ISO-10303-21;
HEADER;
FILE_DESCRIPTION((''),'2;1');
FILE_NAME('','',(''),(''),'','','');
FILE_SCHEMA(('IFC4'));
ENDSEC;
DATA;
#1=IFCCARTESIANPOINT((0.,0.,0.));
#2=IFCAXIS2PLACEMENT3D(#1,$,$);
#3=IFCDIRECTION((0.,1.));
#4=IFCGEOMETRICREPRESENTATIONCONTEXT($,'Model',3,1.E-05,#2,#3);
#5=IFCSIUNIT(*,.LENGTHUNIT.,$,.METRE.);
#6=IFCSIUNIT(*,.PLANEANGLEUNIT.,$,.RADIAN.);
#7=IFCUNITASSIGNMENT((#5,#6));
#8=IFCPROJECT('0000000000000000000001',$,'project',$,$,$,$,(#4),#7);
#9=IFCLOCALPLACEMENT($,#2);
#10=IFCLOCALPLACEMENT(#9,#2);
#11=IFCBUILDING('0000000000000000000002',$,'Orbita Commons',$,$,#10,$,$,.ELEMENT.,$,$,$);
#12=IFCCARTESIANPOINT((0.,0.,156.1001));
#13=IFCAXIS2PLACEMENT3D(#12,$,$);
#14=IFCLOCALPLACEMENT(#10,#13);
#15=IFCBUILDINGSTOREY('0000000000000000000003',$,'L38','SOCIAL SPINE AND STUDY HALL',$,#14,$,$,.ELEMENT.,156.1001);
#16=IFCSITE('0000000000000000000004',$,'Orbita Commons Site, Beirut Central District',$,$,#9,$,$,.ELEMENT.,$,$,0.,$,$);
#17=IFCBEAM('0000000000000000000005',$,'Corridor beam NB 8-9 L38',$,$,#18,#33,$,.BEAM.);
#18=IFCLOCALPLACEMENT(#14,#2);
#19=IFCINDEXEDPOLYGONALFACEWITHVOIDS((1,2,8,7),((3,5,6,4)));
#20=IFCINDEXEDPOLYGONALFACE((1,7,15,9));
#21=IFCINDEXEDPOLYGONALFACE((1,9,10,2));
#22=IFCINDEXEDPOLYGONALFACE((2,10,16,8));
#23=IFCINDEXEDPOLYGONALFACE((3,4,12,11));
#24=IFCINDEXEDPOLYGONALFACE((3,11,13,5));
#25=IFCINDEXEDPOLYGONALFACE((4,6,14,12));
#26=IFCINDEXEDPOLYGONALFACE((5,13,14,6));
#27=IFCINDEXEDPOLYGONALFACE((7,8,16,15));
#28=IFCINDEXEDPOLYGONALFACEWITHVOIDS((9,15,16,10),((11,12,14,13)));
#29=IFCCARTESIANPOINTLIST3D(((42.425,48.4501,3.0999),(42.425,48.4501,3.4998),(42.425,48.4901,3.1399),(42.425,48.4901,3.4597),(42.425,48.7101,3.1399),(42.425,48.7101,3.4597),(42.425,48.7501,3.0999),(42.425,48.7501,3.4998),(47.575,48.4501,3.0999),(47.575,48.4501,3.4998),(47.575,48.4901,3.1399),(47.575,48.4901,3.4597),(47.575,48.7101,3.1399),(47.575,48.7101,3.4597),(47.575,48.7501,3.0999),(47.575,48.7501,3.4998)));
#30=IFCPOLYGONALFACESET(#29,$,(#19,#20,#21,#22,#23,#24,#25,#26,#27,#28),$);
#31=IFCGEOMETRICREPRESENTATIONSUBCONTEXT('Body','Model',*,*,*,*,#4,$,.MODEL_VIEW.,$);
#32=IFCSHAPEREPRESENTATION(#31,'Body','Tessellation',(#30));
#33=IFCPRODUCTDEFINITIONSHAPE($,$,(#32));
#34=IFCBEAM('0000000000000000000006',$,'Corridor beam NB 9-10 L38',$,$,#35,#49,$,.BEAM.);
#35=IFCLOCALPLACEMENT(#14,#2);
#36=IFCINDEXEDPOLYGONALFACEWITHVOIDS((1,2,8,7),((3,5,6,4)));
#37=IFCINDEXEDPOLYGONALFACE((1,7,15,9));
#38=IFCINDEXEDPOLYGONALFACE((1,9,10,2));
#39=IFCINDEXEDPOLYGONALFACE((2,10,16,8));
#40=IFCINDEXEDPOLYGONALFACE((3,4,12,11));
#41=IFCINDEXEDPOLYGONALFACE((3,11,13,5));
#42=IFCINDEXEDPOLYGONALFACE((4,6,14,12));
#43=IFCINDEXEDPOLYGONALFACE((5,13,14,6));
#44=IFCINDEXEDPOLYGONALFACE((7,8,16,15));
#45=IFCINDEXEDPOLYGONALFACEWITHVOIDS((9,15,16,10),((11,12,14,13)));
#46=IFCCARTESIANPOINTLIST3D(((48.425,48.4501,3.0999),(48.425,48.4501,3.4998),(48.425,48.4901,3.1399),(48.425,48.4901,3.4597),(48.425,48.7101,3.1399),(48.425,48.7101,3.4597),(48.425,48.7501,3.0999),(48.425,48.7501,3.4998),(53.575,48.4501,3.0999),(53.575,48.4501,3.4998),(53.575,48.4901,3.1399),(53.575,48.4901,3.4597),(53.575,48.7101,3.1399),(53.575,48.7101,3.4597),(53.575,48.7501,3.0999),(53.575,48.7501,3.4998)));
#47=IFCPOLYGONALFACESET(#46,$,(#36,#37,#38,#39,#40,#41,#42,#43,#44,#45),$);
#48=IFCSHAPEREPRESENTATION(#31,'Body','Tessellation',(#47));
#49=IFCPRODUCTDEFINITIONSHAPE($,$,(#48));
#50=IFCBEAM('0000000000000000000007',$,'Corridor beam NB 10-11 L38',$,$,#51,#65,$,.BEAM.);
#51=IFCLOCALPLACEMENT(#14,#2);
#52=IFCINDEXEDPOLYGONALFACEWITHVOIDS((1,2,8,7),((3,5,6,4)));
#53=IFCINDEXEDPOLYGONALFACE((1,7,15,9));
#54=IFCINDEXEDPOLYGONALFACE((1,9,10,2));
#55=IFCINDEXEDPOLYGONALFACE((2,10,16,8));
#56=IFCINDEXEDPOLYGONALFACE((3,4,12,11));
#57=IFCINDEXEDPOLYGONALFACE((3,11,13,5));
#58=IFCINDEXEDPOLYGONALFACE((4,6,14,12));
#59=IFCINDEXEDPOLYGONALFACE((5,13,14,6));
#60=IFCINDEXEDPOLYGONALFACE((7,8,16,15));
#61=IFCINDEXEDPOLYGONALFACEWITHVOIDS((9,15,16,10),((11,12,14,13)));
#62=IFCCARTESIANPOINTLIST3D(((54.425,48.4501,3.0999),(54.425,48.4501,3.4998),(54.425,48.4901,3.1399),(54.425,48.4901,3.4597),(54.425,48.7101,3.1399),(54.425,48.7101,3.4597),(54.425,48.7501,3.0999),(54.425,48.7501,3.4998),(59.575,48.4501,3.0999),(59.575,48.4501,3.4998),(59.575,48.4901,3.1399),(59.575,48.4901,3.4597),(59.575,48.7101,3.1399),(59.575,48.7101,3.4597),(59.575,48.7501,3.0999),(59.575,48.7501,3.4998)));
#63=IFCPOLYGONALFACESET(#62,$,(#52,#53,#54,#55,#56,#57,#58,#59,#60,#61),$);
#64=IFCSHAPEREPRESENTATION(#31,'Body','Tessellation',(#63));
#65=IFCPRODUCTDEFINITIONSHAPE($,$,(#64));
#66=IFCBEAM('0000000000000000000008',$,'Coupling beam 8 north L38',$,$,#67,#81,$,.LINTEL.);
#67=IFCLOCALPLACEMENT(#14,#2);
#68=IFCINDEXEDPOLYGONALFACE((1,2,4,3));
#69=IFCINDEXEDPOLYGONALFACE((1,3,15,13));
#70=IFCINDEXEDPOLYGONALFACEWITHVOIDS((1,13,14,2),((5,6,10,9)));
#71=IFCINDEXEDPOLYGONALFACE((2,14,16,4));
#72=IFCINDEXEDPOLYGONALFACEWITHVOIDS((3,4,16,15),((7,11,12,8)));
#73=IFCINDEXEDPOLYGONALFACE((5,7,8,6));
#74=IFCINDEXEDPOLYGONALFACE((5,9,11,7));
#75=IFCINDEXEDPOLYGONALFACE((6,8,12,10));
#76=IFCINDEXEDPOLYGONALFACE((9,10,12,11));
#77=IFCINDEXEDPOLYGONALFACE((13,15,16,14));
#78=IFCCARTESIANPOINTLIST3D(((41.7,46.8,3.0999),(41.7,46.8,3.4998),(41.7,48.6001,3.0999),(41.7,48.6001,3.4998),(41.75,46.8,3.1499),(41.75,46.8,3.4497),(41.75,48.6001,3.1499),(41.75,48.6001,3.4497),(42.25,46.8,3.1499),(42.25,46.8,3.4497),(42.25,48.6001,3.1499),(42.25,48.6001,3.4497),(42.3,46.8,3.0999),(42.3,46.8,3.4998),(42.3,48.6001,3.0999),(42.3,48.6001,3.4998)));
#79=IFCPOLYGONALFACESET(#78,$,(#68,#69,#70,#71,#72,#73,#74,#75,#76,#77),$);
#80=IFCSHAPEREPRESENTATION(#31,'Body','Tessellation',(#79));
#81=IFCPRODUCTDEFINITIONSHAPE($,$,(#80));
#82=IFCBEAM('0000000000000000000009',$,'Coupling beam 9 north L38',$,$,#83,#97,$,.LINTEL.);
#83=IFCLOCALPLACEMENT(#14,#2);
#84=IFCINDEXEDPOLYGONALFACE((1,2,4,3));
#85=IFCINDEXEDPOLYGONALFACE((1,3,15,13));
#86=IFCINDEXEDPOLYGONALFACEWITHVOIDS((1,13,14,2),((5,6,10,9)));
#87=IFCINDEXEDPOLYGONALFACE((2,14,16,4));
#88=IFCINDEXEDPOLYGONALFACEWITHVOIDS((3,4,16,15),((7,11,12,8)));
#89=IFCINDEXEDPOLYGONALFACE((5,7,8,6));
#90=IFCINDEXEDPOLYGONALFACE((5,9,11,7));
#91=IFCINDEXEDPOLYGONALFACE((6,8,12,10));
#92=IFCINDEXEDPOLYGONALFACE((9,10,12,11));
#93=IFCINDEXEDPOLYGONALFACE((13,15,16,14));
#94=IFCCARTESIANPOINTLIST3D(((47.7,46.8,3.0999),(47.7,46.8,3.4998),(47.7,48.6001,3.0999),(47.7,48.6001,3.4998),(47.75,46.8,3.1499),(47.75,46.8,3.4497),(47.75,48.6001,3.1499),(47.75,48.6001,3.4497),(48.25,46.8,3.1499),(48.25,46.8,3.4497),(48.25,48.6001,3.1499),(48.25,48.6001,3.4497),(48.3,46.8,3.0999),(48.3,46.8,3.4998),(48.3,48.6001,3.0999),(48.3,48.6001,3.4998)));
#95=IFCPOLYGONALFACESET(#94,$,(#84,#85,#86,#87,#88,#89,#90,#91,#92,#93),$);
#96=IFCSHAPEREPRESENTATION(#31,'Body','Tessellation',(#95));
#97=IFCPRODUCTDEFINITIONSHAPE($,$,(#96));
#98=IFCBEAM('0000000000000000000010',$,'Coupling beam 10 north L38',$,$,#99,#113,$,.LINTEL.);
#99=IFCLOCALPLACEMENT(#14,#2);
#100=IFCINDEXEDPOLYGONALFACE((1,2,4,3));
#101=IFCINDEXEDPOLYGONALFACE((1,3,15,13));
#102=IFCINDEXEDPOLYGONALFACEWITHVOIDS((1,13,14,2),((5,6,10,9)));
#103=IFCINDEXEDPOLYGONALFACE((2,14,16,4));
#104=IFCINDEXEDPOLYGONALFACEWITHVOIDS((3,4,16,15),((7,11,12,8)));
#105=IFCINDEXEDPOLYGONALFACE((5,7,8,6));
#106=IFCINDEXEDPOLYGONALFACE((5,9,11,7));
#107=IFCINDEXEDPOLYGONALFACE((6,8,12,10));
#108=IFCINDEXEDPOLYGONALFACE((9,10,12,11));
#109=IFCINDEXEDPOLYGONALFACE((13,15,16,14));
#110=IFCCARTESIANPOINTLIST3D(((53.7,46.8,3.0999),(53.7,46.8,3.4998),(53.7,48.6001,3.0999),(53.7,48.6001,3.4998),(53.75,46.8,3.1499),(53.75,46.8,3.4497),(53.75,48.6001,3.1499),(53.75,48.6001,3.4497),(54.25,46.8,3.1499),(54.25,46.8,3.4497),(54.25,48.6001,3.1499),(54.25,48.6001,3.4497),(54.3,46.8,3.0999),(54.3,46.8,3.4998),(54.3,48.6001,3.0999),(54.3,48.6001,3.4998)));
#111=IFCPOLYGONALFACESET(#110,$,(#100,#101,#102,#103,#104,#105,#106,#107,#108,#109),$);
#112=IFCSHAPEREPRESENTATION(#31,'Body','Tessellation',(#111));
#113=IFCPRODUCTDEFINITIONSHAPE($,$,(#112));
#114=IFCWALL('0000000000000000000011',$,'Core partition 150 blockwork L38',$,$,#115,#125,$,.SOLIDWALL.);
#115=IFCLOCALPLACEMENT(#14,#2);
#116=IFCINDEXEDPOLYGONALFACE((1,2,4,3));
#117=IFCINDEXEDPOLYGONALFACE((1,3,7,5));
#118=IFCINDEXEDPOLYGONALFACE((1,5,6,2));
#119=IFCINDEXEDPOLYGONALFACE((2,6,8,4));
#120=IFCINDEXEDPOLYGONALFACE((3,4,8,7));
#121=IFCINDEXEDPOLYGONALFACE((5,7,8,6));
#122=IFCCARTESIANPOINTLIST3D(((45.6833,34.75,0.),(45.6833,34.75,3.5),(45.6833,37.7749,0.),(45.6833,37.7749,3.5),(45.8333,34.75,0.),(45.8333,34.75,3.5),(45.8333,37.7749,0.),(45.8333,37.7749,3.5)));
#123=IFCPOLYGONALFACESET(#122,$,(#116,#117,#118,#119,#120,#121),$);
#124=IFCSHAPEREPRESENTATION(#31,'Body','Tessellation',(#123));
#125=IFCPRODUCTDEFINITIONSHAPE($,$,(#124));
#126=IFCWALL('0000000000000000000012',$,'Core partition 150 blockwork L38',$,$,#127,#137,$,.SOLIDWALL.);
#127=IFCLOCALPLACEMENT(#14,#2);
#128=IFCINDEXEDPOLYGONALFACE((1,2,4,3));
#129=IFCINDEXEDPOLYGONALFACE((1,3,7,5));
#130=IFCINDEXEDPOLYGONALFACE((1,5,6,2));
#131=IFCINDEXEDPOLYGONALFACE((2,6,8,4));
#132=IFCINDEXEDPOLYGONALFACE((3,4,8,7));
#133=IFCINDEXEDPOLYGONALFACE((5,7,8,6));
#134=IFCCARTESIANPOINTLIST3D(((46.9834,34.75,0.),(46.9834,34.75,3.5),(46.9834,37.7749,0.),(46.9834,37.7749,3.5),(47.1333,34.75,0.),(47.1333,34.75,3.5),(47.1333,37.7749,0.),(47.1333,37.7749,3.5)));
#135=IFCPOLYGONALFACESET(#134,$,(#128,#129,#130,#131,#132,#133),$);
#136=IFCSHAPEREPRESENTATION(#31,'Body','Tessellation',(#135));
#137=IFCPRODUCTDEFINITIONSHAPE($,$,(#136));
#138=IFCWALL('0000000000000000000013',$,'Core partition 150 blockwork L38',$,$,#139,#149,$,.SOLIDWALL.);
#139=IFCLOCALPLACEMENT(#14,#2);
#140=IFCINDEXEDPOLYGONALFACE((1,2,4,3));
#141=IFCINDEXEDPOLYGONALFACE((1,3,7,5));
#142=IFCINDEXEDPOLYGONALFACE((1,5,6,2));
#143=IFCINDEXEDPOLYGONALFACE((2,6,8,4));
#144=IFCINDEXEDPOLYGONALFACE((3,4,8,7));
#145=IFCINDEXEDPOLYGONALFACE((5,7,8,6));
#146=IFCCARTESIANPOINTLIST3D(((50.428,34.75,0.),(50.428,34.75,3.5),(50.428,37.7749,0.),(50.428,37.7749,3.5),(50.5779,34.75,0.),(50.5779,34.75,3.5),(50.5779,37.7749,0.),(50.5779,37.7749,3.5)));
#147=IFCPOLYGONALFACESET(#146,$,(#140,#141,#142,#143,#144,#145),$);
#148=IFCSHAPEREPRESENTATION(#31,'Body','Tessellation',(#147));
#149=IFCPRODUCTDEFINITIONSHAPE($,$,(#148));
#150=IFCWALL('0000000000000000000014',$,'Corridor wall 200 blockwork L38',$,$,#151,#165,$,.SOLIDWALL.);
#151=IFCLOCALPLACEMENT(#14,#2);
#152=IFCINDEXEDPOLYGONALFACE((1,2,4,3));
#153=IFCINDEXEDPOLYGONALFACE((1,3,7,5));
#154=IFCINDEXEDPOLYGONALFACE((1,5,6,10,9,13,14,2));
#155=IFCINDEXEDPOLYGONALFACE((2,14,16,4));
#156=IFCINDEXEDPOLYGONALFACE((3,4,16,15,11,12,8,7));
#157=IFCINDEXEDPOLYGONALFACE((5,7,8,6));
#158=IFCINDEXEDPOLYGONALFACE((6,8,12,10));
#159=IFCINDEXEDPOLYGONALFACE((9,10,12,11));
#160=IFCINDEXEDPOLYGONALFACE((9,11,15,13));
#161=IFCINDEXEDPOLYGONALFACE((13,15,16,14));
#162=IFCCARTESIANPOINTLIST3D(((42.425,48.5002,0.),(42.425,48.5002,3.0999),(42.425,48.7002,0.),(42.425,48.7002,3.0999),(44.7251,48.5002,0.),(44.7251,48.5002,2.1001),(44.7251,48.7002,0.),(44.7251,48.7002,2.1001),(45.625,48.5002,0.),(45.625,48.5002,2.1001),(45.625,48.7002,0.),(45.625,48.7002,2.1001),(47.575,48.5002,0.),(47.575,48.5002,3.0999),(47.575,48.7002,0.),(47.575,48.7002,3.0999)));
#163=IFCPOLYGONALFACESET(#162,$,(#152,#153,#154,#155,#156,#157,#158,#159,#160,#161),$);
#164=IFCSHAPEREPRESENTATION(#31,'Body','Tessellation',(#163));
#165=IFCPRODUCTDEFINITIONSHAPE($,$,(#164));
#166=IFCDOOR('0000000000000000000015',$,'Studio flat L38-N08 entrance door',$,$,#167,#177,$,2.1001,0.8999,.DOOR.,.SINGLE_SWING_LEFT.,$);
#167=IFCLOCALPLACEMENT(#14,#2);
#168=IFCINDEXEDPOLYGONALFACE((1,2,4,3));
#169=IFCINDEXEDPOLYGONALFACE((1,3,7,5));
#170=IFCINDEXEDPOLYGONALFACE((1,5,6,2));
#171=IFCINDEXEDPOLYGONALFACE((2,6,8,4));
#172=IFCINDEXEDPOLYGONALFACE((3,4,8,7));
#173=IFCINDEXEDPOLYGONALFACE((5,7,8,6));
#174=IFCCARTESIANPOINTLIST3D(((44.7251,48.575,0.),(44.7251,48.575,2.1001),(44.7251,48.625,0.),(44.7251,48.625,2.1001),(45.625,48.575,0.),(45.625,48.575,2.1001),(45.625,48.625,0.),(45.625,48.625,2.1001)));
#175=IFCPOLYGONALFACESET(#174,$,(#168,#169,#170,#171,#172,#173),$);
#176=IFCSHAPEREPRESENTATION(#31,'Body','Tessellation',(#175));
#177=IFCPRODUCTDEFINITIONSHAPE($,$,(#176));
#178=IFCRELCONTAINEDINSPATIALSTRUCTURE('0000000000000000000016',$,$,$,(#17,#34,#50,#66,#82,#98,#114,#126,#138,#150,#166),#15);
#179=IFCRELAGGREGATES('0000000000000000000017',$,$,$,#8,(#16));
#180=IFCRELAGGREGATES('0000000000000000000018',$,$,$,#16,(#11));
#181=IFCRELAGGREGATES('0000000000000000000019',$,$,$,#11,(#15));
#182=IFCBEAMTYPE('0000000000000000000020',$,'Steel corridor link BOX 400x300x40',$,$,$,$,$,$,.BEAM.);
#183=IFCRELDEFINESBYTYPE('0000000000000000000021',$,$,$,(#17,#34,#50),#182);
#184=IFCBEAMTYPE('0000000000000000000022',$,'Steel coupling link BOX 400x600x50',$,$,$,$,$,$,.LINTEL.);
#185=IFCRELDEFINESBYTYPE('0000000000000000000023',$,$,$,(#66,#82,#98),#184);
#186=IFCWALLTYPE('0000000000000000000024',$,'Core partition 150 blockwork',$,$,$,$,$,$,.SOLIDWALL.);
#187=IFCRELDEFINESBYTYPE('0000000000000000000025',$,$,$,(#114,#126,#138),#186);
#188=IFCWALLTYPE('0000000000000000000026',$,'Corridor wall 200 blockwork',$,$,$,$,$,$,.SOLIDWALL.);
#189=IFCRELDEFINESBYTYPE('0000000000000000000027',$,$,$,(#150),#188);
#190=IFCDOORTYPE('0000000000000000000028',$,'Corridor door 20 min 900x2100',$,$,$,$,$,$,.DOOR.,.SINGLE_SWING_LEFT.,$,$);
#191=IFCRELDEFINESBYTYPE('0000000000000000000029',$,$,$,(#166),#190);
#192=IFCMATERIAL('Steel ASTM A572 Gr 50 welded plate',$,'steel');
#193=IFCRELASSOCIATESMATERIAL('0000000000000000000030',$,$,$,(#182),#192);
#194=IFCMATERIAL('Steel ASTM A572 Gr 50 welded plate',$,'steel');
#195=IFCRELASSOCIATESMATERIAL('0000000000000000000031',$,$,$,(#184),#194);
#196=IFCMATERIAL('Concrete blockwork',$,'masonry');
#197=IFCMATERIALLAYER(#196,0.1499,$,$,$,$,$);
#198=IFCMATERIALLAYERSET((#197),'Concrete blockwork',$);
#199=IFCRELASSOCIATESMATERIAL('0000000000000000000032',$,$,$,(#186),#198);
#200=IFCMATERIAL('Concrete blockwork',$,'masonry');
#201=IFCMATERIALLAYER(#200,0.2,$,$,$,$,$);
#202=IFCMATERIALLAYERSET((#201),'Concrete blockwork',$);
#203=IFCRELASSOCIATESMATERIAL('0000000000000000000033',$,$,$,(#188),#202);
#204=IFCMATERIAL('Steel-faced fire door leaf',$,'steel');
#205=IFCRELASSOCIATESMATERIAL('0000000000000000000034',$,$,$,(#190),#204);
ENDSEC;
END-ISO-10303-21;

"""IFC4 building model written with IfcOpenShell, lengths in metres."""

from ifc_helpers import new_model, si_unit, direction, frame, frame_2d, origin, origin_2d, place, context, subcontext, project, spatial, polyline, rectangle, hollow_rectangle, outline, extrude, material, layer, layer_set, material_profile, profile_set, type_object, element, fill, save


model = new_model("IFC4")

# Units and contexts
model_context = context("Model", 3, precision=1e-05, world=origin(), true_north=direction((0.0, 1.0)))
body_context = subcontext(model_context, "Body", "Model", "MODEL_VIEW")
ifc_project = project(units=[si_unit("LENGTHUNIT", "METRE"), si_unit("PLANEANGLEUNIT", "RADIAN")], contexts=[model_context])

# Site, building, storey
site_placement = place(None, origin())
site = spatial("IfcSite", under=ifc_project, at=site_placement, Name="Orbita Commons Site, Beirut Central District", CompositionType="ELEMENT", RefElevation=0.0)
building_placement = place(site_placement, origin())
building = spatial("IfcBuilding", under=site, at=building_placement, Name="Orbita Commons", CompositionType="ELEMENT")
storey_placement = place(building_placement, frame((0.0, 0.0, 156.1001)))
storey = spatial("IfcBuildingStorey", under=building, at=storey_placement, Name="L38", Description="SOCIAL SPINE AND STUDY HALL", CompositionType="ELEMENT", Elevation=156.1001)

# Beams
ifc_material_1 = material(Name="Steel ASTM A572 Gr 50 welded plate", Category="steel")
ifc_material_profile_1 = material_profile(ifc_material_1, hollow_rectangle(XDim=0.3, YDim=0.3999, WallThickness=0.04, at=origin_2d()), Name="BOX 400x300x40")
ifc_profile_set_1 = profile_set([ifc_material_profile_1], Name="Steel ASTM A572 Gr 50 welded plate")
beam_type_1 = type_object("IfcBeamType", Name="Steel corridor link BOX 400x300x40", PredefinedType="BEAM", material=ifc_profile_set_1)
for number, where, z_axis, x_axis, name in (
    (1, (42.425, 48.6001, 3.2998), (1.0, 0.0, 0.0), (0.0, 1.0, 0.0), "Corridor beam NB 8-9 L38"),
    (2, (48.425, 48.6001, 3.2998), (1.0, 0.0, 0.0), (0.0, 1.0, 0.0), "Corridor beam NB 9-10 L38"),
    (3, (54.425, 48.6001, 3.2998), (1.0, 0.0, 0.0), (0.0, 1.0, 0.0), "Corridor beam NB 10-11 L38"),
):
    element("IfcBeam", number, at=place(storey_placement, frame(where, z_axis=z_axis, x_axis=x_axis)), inside=storey, type_object=beam_type_1, Name=name, PredefinedType="BEAM", context=body_context, shape_type="SweptSolid", body=[
        extrude(hollow_rectangle(XDim=0.3, YDim=0.3999, WallThickness=0.04, at=origin_2d()), origin(), (0.0, 0.0, 1.0), 5.1499),
    ])
ifc_material_2 = material(Name="Steel ASTM A572 Gr 50 welded plate", Category="steel")
ifc_material_profile_2 = material_profile(ifc_material_2, hollow_rectangle(XDim=0.6001, YDim=0.3999, WallThickness=0.05, at=origin_2d()), Name="BOX 400x600x50")
ifc_profile_set_2 = profile_set([ifc_material_profile_2], Name="Steel ASTM A572 Gr 50 welded plate")
beam_type_2 = type_object("IfcBeamType", Name="Steel coupling link BOX 400x600x50", PredefinedType="LINTEL", material=ifc_profile_set_2)
for number, where, z_axis, x_axis, name in (
    (4, (42.0, 46.8, 3.2998), (0.0, 1.0, 0.0), (-1.0, 0.0, 0.0), "Coupling beam 8 north L38"),
    (5, (48.0, 46.8, 3.2998), (0.0, 1.0, 0.0), (-1.0, 0.0, 0.0), "Coupling beam 9 north L38"),
    (6, (54.0, 46.8, 3.2998), (0.0, 1.0, 0.0), (-1.0, 0.0, 0.0), "Coupling beam 10 north L38"),
):
    element("IfcBeam", number, at=place(storey_placement, frame(where, z_axis=z_axis, x_axis=x_axis)), inside=storey, type_object=beam_type_2, Name=name, PredefinedType="LINTEL", context=body_context, shape_type="SweptSolid", body=[
        extrude(hollow_rectangle(XDim=0.6001, YDim=0.3999, WallThickness=0.05, at=origin_2d()), origin(), (0.0, 0.0, 1.0), 1.8),
    ])

# Walls
ifc_material_3 = material(Name="Concrete blockwork", Category="masonry")
ifc_layer_1 = layer(ifc_material_3, 0.1499)
ifc_layer_set_1 = layer_set([ifc_layer_1], Name="Concrete blockwork")
wall_type_1 = type_object("IfcWallType", Name="Core partition 150 blockwork", PredefinedType="SOLIDWALL", material=ifc_layer_set_1)
for number, where, z_axis, x_axis, name in (
    (7, (45.7583, 34.75, 0.0), (0.0, 0.0, 1.0), (0.0, 1.0, 0.0), "Core partition 150 blockwork L38"),
    (8, (47.0583, 34.75, 0.0), (0.0, 0.0, 1.0), (0.0, 1.0, 0.0), "Core partition 150 blockwork L38"),
    (9, (50.5029, 34.75, 0.0), (0.0, 0.0, 1.0), (0.0, 1.0, 0.0), "Core partition 150 blockwork L38"),
):
    element("IfcWall", number, at=place(storey_placement, frame(where, z_axis=z_axis, x_axis=x_axis)), inside=storey, type_object=wall_type_1, Name=name, PredefinedType="SOLIDWALL", context=body_context, shape_type="SweptSolid", body=[
        extrude(rectangle(XDim=3.0249, YDim=0.1499, at=frame_2d((1.5125, 0.0))), origin(), (0.0, 0.0, 1.0), 3.5),
    ])

# Wall, opening, door
ifc_material_4 = material(Name="Concrete blockwork", Category="masonry")
ifc_layer_2 = layer(ifc_material_4, 0.2)
ifc_layer_set_2 = layer_set([ifc_layer_2], Name="Concrete blockwork")
wall_type_2 = type_object("IfcWallType", Name="Corridor wall 200 blockwork", PredefinedType="SOLIDWALL", material=ifc_layer_set_2)
wall_1_placement = place(storey_placement, frame((42.425, 48.6001, 0.0), z_axis=(0.0, 0.0, 1.0), x_axis=(1.0, 0.0, 0.0)))
wall_1 = element("IfcWall", 10, at=wall_1_placement, inside=storey, type_object=wall_type_2, Name="Corridor wall 200 blockwork L38", PredefinedType="SOLIDWALL", context=body_context, shape_type="SweptSolid", body=[
    extrude(outline(polyline([(0.0, 0.0), (5.1499, 0.0), (5.1499, 3.0999), (0.0, 3.0999), (0.0, 0.0)])), frame((0.0, 0.1001, 0.0), z_axis=(0.0, -1.0, 0.0), x_axis=(1.0, 0.0, 0.0)), (0.0, 0.0, 1.0), 0.2),
])
opening_1_placement = place(wall_1_placement, frame((2.3, 0.0, 0.0)))
opening_1 = element("IfcOpeningElement", 11, at=opening_1_placement, cuts=wall_1, PredefinedType="OPENING", context=body_context, shape_type="SweptSolid", body=[
    extrude(rectangle(XDim=0.8999, YDim=2.1001, at=frame_2d((0.45, 1.05))), frame((0.0, 0.1099, 0.0), z_axis=(0.0, -1.0, 0.0), x_axis=(1.0, 0.0, 0.0)), (0.0, 0.0, 1.0), 0.22),
])
ifc_material_5 = material(Name="Steel-faced fire door leaf", Category="steel")
door_type_1 = type_object("IfcDoorType", Name="Corridor door 20 min 900x2100", OperationType="SINGLE_SWING_LEFT", PredefinedType="DOOR", material=ifc_material_5)
door_1_placement = place(opening_1_placement, origin())
door_1 = element("IfcDoor", 12, at=door_1_placement, inside=storey, type_object=door_type_1, Name="Studio flat L38-N08 entrance door", OperationType="SINGLE_SWING_LEFT", OverallHeight=2.1001, OverallWidth=0.8999, PredefinedType="DOOR", context=body_context, shape_type="SweptSolid", body=[
    extrude(rectangle(XDim=0.8999, YDim=2.1001, at=frame_2d((0.45, 1.05))), frame((0.0, 0.0249, 0.0), z_axis=(0.0, -1.0, 0.0), x_axis=(1.0, 0.0, 0.0)), (0.0, 0.0, 1.0), 0.05),
])
fill(opening_1, door_1)

save(model, "model.ifc")
